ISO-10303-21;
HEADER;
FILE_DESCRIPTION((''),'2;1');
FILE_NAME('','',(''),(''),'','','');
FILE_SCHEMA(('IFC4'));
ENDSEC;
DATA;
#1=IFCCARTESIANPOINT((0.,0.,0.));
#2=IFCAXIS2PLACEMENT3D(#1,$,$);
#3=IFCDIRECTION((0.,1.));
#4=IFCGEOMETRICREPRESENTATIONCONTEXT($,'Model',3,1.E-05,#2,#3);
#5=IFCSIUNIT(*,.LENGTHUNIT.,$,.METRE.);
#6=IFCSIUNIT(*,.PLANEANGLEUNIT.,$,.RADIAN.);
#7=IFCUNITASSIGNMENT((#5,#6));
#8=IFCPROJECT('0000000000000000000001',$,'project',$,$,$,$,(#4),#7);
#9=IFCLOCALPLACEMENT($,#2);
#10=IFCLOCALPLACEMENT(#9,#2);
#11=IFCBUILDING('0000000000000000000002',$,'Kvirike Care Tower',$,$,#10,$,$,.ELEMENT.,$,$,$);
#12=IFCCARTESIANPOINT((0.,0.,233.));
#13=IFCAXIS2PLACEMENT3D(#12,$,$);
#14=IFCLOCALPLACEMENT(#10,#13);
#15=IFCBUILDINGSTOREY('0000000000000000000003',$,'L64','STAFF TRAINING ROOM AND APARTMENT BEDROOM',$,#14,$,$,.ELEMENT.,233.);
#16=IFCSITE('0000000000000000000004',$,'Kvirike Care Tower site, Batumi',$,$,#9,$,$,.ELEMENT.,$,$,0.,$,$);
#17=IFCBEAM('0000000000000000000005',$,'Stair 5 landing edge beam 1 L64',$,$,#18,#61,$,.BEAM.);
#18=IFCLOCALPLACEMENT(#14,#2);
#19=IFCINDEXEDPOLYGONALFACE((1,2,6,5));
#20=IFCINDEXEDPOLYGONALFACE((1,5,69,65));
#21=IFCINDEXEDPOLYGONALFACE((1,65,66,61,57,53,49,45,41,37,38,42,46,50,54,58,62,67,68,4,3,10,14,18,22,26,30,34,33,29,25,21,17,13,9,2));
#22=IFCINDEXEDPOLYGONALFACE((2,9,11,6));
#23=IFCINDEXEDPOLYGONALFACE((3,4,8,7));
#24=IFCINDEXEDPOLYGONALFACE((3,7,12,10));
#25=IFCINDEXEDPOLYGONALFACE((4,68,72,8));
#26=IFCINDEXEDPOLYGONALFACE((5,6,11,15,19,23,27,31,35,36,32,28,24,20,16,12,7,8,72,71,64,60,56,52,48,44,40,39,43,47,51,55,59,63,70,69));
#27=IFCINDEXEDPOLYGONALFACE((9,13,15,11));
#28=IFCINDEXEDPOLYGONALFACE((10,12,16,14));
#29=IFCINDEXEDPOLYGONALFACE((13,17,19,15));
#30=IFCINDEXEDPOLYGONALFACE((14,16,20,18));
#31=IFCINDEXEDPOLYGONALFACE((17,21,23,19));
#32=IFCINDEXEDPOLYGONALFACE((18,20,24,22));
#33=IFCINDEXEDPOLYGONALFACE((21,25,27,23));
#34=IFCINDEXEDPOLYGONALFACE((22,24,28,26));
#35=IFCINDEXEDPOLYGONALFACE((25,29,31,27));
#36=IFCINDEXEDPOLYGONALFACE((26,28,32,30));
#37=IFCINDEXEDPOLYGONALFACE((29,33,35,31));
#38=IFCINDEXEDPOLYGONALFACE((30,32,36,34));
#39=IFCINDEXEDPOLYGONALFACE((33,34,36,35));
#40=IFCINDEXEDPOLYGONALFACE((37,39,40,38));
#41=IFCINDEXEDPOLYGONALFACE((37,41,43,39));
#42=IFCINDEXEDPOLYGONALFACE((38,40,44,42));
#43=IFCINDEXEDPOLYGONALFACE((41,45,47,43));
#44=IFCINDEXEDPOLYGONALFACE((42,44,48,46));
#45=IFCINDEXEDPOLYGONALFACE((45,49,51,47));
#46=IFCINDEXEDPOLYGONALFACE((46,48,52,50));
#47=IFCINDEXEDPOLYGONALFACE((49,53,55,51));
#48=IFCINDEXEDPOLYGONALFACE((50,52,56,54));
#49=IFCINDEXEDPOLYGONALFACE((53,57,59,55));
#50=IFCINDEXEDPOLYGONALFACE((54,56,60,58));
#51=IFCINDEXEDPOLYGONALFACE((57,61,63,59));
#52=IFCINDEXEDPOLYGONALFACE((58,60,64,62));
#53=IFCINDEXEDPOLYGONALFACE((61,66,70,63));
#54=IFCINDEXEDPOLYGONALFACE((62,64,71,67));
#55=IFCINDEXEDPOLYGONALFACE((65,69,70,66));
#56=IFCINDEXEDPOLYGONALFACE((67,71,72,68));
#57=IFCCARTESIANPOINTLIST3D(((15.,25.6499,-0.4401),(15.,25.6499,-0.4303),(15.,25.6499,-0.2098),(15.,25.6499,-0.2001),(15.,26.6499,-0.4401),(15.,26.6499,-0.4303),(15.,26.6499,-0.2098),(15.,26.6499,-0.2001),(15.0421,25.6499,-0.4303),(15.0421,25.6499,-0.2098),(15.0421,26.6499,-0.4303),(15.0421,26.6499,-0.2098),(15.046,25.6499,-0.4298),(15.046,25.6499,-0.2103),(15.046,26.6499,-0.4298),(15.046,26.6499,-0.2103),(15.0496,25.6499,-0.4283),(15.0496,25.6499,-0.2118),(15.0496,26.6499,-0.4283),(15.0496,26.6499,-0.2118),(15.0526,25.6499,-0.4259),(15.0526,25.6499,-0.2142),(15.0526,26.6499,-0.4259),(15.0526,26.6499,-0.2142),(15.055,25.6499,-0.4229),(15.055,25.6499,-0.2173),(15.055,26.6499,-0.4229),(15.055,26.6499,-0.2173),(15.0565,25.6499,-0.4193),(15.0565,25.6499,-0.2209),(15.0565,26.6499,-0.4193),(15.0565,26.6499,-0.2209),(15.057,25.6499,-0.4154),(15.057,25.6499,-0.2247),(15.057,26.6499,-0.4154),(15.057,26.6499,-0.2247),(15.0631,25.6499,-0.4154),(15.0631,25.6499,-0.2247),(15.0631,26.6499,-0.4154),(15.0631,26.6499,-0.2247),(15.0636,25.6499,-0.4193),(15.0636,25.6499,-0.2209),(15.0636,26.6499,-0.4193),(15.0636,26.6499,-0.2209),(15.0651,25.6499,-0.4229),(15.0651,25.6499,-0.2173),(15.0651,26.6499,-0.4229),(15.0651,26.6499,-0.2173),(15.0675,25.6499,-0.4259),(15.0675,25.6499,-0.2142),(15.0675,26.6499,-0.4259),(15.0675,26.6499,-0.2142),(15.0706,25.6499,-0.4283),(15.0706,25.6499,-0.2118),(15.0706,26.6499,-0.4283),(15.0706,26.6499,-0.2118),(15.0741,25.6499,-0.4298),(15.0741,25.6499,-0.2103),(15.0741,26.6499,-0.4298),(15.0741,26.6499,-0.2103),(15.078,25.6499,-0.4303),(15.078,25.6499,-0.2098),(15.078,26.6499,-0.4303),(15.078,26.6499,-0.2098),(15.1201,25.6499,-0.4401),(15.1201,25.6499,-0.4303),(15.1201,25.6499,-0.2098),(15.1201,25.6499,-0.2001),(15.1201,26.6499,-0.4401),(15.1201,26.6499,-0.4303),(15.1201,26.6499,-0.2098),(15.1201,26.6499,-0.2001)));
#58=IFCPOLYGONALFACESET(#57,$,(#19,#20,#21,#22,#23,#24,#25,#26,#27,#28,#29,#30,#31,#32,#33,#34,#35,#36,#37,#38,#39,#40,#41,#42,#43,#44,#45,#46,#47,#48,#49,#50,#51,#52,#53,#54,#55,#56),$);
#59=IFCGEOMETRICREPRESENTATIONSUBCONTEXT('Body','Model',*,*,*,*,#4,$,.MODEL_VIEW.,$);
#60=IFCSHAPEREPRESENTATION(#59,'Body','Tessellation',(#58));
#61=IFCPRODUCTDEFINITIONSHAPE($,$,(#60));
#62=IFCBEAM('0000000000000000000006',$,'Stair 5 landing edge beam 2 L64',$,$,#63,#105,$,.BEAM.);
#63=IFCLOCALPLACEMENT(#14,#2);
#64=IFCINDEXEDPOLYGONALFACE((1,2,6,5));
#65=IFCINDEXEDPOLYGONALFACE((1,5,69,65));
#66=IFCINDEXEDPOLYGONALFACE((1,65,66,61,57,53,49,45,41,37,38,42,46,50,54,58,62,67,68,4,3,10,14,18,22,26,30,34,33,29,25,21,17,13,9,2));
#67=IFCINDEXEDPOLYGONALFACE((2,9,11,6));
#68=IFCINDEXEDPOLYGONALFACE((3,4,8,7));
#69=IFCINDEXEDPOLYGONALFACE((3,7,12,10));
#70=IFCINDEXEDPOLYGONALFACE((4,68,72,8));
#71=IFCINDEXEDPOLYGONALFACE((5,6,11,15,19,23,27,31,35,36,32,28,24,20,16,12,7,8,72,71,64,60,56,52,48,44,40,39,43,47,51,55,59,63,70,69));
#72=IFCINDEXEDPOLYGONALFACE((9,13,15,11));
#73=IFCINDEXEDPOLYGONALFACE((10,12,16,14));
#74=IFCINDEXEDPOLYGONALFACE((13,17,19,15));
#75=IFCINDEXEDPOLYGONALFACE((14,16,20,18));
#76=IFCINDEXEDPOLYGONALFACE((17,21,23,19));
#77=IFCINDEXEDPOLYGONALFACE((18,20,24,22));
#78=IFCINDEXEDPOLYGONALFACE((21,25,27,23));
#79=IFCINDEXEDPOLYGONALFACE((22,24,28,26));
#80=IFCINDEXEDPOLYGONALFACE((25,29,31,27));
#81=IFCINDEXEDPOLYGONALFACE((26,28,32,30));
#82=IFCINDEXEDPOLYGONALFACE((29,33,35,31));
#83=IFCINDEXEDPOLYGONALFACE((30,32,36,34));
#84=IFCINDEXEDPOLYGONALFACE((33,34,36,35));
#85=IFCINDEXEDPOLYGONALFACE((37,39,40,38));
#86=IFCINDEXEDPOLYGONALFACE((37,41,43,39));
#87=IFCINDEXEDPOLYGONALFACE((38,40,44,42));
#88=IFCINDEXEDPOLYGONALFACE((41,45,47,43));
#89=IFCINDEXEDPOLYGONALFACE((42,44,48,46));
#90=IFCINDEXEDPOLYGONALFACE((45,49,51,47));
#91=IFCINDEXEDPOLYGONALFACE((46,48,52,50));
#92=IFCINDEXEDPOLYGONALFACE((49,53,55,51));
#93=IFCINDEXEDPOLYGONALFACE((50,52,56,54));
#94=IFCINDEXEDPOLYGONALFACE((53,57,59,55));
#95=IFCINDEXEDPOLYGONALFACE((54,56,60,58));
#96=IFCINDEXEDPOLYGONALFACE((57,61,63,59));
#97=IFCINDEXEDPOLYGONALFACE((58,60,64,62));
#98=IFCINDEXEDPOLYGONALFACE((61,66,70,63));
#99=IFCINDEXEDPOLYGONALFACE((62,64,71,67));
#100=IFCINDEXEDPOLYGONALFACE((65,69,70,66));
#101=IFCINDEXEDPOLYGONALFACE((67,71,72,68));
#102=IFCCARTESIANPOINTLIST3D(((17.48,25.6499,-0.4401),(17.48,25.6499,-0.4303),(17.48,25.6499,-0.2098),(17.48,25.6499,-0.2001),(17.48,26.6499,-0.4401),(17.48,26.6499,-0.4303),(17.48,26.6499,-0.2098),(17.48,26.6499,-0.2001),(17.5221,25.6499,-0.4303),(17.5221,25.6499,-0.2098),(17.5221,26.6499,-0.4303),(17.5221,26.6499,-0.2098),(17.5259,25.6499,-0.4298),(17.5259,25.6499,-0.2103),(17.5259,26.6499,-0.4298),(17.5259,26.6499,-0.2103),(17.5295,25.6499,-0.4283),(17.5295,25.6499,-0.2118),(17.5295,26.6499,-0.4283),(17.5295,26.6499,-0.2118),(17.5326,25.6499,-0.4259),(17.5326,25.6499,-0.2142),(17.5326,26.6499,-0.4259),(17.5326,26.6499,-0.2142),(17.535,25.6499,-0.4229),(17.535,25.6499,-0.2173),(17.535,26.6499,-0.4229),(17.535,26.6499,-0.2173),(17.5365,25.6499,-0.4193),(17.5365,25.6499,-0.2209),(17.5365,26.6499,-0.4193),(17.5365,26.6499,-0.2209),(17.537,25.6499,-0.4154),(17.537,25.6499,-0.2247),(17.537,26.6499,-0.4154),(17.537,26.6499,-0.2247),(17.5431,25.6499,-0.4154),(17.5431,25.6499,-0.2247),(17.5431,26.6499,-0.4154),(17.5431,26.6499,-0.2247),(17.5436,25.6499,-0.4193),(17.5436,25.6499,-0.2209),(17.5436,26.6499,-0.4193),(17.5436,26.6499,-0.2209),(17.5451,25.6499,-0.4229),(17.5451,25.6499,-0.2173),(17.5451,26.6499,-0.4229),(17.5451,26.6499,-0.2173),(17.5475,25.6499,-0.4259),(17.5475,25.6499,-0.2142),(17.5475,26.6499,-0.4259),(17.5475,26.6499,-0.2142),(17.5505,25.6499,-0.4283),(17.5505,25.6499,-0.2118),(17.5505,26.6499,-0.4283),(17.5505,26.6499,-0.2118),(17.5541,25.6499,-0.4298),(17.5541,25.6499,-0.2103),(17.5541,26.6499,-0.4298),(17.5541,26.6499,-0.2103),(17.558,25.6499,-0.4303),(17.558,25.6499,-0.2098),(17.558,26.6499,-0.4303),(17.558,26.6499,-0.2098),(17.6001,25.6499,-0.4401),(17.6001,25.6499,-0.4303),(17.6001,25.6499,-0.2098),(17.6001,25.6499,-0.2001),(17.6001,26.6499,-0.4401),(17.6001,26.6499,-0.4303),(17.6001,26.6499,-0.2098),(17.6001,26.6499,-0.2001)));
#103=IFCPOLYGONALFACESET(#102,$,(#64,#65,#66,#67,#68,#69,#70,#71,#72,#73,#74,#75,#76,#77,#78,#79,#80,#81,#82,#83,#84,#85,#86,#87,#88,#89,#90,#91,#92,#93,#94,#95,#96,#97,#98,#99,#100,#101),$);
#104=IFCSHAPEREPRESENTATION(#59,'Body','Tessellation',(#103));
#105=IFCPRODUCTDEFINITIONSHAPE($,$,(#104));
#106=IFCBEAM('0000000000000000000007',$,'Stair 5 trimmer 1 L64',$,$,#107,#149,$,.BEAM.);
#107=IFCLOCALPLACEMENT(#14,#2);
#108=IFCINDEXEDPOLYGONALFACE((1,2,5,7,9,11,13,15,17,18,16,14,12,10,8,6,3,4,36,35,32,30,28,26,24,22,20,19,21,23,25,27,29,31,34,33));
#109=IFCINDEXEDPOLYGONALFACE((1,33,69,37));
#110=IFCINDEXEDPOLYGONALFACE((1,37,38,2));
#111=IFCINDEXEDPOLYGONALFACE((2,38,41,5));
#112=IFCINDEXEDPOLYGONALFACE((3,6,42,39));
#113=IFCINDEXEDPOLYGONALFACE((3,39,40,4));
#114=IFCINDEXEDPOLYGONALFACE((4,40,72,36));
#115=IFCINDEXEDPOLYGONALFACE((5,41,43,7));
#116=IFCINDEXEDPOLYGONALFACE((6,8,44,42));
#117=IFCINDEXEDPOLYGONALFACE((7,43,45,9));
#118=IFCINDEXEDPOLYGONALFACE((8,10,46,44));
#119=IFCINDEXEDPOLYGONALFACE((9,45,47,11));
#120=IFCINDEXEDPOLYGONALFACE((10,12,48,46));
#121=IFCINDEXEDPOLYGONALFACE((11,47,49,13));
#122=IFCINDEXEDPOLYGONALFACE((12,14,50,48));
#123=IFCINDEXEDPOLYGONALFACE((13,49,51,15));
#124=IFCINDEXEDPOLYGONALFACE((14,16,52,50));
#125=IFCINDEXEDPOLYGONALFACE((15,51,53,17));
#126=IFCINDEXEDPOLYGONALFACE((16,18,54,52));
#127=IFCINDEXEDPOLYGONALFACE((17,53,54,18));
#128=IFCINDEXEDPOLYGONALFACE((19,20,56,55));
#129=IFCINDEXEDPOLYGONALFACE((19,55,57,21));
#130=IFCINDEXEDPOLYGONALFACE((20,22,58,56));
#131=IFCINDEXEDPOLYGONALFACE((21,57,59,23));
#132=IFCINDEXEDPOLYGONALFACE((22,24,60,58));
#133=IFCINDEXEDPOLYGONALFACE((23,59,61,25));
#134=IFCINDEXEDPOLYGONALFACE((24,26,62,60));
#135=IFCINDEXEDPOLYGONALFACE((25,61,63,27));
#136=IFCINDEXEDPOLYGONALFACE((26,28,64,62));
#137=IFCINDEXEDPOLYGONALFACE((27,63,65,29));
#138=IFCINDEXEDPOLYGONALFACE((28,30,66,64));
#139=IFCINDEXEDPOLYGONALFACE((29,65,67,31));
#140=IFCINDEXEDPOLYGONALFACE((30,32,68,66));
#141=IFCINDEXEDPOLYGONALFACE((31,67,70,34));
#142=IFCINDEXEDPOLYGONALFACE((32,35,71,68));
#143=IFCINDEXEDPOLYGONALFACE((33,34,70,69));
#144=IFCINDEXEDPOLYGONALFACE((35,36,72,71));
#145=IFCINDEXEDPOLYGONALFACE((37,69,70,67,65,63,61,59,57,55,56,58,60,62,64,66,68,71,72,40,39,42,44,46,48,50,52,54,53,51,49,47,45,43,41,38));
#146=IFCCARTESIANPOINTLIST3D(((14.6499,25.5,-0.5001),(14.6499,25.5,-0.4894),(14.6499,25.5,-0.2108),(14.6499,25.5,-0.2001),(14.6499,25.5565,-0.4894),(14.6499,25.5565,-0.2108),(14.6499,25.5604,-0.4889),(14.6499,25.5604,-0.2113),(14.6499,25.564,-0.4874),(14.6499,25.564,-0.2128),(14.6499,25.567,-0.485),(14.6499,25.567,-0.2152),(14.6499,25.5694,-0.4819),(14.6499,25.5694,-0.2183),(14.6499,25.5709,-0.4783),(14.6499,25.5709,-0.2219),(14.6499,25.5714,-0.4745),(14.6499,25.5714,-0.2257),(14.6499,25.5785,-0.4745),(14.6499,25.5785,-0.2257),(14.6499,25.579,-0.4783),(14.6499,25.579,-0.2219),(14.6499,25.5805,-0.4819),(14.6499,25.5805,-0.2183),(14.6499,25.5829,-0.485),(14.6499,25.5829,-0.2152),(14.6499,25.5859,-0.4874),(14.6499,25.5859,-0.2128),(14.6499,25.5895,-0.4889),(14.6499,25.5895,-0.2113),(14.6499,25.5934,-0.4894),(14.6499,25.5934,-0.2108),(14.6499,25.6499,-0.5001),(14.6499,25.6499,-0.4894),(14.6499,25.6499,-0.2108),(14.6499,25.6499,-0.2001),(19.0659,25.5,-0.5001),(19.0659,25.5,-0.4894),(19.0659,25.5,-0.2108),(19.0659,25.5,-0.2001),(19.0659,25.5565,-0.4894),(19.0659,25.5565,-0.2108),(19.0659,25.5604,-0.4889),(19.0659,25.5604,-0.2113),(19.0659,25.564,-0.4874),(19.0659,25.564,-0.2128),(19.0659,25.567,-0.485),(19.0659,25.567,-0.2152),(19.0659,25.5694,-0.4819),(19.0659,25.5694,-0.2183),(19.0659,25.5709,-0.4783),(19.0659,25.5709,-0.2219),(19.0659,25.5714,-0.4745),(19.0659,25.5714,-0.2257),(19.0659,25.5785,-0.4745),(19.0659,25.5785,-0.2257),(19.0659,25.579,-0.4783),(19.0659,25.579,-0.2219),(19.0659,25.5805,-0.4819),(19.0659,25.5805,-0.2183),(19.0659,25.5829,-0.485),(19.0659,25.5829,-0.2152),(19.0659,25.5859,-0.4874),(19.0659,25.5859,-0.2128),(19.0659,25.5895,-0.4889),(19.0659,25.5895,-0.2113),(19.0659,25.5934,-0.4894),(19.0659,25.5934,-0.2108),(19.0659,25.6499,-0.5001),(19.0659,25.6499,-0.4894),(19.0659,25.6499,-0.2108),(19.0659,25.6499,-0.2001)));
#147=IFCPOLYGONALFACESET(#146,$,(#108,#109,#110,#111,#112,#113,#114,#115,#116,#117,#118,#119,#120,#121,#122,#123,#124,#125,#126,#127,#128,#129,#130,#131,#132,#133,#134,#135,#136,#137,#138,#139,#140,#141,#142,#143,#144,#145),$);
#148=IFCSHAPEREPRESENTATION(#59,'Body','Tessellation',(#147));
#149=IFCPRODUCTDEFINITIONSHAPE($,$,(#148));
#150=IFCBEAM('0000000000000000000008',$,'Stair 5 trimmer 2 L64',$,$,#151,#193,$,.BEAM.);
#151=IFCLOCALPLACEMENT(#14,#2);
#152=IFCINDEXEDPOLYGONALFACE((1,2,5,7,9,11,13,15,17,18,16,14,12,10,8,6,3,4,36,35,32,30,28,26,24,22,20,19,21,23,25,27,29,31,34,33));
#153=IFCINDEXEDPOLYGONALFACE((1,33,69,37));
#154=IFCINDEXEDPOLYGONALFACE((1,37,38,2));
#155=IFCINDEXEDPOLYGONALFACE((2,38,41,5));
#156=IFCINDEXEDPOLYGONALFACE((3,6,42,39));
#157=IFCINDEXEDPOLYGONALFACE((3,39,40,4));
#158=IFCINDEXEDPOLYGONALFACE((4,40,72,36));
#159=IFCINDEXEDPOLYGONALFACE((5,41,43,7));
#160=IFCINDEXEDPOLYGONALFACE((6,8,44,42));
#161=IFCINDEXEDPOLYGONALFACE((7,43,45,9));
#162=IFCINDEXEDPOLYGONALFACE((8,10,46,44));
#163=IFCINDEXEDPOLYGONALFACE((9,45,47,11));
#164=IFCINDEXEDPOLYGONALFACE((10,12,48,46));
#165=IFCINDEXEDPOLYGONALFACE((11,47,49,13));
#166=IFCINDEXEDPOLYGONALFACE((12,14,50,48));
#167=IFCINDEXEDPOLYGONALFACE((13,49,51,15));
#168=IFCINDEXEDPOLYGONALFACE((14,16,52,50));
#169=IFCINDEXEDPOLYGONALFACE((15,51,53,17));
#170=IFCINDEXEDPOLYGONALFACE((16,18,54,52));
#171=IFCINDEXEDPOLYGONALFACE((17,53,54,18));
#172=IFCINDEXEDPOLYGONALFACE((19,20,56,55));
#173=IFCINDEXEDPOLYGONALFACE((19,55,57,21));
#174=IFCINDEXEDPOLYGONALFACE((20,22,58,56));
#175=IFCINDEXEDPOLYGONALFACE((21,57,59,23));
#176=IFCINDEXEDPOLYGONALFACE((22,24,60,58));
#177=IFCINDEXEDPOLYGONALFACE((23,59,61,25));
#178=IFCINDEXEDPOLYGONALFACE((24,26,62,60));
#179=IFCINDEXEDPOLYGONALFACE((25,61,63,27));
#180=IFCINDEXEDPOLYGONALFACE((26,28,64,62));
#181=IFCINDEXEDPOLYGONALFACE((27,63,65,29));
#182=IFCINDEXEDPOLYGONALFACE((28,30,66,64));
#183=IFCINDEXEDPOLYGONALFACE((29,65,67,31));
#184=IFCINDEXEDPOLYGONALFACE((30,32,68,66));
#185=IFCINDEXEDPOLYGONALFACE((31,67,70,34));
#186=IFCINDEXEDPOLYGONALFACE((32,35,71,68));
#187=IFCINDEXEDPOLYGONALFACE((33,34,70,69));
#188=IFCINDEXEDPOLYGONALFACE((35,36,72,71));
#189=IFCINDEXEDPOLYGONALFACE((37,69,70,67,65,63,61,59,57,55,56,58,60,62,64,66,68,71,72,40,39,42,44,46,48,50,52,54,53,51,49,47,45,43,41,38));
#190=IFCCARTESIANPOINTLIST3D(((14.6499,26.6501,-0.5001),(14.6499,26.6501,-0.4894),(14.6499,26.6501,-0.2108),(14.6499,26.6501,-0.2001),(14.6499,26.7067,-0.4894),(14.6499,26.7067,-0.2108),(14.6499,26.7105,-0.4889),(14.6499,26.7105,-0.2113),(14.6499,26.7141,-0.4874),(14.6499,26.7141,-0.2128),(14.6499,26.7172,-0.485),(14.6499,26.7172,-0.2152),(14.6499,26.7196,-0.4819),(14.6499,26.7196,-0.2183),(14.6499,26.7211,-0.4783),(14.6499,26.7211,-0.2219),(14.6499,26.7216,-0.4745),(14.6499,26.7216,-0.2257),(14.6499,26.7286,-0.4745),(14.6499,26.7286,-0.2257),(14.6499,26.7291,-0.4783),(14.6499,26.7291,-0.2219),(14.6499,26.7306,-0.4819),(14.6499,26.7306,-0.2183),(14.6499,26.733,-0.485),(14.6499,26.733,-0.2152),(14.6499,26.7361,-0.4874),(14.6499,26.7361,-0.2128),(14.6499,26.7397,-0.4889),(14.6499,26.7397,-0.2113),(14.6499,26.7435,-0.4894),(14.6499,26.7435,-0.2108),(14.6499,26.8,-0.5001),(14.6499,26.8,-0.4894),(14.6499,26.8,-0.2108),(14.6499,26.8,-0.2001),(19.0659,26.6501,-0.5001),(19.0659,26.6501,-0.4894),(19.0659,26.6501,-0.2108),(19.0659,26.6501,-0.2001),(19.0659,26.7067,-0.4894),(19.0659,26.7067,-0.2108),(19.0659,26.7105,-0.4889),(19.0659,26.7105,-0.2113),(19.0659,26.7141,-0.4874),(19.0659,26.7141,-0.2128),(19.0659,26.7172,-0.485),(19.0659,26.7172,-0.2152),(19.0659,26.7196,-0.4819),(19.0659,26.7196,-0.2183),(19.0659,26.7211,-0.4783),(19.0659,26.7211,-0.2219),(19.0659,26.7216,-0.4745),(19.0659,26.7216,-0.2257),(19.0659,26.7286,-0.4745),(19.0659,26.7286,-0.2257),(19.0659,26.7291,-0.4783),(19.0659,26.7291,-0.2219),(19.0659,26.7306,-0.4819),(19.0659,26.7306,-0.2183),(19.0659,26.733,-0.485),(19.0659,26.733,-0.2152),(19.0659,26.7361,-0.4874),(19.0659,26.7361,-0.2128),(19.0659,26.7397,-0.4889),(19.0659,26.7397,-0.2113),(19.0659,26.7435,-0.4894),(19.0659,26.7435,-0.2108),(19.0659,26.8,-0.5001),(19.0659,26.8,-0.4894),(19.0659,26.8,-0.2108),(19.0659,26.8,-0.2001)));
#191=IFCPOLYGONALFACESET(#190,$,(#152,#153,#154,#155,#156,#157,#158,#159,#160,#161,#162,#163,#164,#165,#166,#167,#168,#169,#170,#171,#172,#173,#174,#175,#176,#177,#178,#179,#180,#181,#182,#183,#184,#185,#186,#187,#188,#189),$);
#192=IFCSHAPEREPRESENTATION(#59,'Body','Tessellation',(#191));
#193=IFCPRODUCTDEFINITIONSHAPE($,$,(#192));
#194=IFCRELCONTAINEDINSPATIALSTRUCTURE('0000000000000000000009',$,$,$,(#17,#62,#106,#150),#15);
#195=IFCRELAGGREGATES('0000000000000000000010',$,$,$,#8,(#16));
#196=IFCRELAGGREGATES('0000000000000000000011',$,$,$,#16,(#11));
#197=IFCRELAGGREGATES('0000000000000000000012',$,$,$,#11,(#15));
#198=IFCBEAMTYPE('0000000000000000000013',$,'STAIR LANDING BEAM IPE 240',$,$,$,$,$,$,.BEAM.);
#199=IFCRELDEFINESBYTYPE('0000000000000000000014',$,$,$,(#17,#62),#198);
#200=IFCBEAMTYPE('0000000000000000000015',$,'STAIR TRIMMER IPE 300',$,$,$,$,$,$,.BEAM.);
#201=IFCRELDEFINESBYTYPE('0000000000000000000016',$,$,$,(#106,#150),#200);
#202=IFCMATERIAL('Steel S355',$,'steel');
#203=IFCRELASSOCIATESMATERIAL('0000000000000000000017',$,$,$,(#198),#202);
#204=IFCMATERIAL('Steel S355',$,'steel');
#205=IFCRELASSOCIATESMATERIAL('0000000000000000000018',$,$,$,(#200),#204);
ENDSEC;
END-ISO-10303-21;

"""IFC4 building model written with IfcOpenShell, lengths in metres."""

from ifc_helpers import new_model, si_unit, direction, frame, origin, origin_2d, place, context, subcontext, project, spatial, i_section, extrude, material, material_profile, profile_set, type_object, element, save


model = new_model("IFC4")

# Units and contexts
model_context = context("Model", 3, precision=1e-05, world=origin(), true_north=direction((0.0, 1.0)))
body_context = subcontext(model_context, "Body", "Model", "MODEL_VIEW")
ifc_project = project(units=[si_unit("LENGTHUNIT", "METRE"), si_unit("PLANEANGLEUNIT", "RADIAN")], contexts=[model_context])

# Site, building, storey
site_placement = place(None, origin())
site = spatial("IfcSite", under=ifc_project, at=site_placement, Name="Kvirike Care Tower site, Batumi", CompositionType="ELEMENT", RefElevation=0.0)
building_placement = place(site_placement, origin())
building = spatial("IfcBuilding", under=site, at=building_placement, Name="Kvirike Care Tower", CompositionType="ELEMENT")
storey_placement = place(building_placement, frame((0.0, 0.0, 233.0)))
storey = spatial("IfcBuildingStorey", under=building, at=storey_placement, Name="L64", Description="STAFF TRAINING ROOM AND APARTMENT BEDROOM", CompositionType="ELEMENT", Elevation=233.0)

# Beams
ifc_material_1 = material(Name="Steel S355", Category="steel")
ifc_material_profile_1 = material_profile(ifc_material_1, i_section(OverallWidth=0.1201, OverallDepth=0.24, WebThickness=0.0061, FlangeThickness=0.0098, FilletRadius=0.0149, at=origin_2d()), Name="IPE 240")
ifc_profile_set_1 = profile_set([ifc_material_profile_1], Name="Steel S355")
beam_type_1 = type_object("IfcBeamType", Name="STAIR LANDING BEAM IPE 240", PredefinedType="BEAM", material=ifc_profile_set_1)
for number, where, z_axis, x_axis, name in (
    (1, (15.0601, 25.6499, -0.3201), (0.0, 1.0, 0.0), (-1.0, 0.0, 0.0), "Stair 5 landing edge beam 1 L64"),
    (2, (17.54, 25.6499, -0.3201), (0.0, 1.0, 0.0), (-1.0, 0.0, 0.0), "Stair 5 landing edge beam 2 L64"),
):
    element("IfcBeam", number, at=place(storey_placement, frame(where, z_axis=z_axis, x_axis=x_axis)), inside=storey, type_object=beam_type_1, Name=name, PredefinedType="BEAM", context=body_context, shape_type="SweptSolid", body=[
        extrude(i_section(OverallWidth=0.1201, OverallDepth=0.24, WebThickness=0.0061, FlangeThickness=0.0098, FilletRadius=0.0149, at=origin_2d()), origin(), (0.0, 0.0, 1.0), 1.0),
    ])
ifc_material_2 = material(Name="Steel S355", Category="steel")
ifc_material_profile_2 = material_profile(ifc_material_2, i_section(OverallWidth=0.1499, OverallDepth=0.3, WebThickness=0.0071, FlangeThickness=0.0107, FilletRadius=0.0149, at=origin_2d()), Name="IPE 300")
ifc_profile_set_2 = profile_set([ifc_material_profile_2], Name="Steel S355")
beam_type_2 = type_object("IfcBeamType", Name="STAIR TRIMMER IPE 300", PredefinedType="BEAM", material=ifc_profile_set_2)
for number, where, z_axis, x_axis, name in (
    (3, (14.6499, 25.575, -0.3501), (1.0, 0.0, 0.0), (0.0, 1.0, 0.0), "Stair 5 trimmer 1 L64"),
    (4, (14.6499, 26.7251, -0.3501), (1.0, 0.0, 0.0), (0.0, 1.0, 0.0), "Stair 5 trimmer 2 L64"),
):
    element("IfcBeam", number, at=place(storey_placement, frame(where, z_axis=z_axis, x_axis=x_axis)), inside=storey, type_object=beam_type_2, Name=name, PredefinedType="BEAM", context=body_context, shape_type="SweptSolid", body=[
        extrude(i_section(OverallWidth=0.1499, OverallDepth=0.3, WebThickness=0.0071, FlangeThickness=0.0107, FilletRadius=0.0149, at=origin_2d()), origin(), (0.0, 0.0, 1.0), 4.416),
    ])

save(model, "model.ifc")
